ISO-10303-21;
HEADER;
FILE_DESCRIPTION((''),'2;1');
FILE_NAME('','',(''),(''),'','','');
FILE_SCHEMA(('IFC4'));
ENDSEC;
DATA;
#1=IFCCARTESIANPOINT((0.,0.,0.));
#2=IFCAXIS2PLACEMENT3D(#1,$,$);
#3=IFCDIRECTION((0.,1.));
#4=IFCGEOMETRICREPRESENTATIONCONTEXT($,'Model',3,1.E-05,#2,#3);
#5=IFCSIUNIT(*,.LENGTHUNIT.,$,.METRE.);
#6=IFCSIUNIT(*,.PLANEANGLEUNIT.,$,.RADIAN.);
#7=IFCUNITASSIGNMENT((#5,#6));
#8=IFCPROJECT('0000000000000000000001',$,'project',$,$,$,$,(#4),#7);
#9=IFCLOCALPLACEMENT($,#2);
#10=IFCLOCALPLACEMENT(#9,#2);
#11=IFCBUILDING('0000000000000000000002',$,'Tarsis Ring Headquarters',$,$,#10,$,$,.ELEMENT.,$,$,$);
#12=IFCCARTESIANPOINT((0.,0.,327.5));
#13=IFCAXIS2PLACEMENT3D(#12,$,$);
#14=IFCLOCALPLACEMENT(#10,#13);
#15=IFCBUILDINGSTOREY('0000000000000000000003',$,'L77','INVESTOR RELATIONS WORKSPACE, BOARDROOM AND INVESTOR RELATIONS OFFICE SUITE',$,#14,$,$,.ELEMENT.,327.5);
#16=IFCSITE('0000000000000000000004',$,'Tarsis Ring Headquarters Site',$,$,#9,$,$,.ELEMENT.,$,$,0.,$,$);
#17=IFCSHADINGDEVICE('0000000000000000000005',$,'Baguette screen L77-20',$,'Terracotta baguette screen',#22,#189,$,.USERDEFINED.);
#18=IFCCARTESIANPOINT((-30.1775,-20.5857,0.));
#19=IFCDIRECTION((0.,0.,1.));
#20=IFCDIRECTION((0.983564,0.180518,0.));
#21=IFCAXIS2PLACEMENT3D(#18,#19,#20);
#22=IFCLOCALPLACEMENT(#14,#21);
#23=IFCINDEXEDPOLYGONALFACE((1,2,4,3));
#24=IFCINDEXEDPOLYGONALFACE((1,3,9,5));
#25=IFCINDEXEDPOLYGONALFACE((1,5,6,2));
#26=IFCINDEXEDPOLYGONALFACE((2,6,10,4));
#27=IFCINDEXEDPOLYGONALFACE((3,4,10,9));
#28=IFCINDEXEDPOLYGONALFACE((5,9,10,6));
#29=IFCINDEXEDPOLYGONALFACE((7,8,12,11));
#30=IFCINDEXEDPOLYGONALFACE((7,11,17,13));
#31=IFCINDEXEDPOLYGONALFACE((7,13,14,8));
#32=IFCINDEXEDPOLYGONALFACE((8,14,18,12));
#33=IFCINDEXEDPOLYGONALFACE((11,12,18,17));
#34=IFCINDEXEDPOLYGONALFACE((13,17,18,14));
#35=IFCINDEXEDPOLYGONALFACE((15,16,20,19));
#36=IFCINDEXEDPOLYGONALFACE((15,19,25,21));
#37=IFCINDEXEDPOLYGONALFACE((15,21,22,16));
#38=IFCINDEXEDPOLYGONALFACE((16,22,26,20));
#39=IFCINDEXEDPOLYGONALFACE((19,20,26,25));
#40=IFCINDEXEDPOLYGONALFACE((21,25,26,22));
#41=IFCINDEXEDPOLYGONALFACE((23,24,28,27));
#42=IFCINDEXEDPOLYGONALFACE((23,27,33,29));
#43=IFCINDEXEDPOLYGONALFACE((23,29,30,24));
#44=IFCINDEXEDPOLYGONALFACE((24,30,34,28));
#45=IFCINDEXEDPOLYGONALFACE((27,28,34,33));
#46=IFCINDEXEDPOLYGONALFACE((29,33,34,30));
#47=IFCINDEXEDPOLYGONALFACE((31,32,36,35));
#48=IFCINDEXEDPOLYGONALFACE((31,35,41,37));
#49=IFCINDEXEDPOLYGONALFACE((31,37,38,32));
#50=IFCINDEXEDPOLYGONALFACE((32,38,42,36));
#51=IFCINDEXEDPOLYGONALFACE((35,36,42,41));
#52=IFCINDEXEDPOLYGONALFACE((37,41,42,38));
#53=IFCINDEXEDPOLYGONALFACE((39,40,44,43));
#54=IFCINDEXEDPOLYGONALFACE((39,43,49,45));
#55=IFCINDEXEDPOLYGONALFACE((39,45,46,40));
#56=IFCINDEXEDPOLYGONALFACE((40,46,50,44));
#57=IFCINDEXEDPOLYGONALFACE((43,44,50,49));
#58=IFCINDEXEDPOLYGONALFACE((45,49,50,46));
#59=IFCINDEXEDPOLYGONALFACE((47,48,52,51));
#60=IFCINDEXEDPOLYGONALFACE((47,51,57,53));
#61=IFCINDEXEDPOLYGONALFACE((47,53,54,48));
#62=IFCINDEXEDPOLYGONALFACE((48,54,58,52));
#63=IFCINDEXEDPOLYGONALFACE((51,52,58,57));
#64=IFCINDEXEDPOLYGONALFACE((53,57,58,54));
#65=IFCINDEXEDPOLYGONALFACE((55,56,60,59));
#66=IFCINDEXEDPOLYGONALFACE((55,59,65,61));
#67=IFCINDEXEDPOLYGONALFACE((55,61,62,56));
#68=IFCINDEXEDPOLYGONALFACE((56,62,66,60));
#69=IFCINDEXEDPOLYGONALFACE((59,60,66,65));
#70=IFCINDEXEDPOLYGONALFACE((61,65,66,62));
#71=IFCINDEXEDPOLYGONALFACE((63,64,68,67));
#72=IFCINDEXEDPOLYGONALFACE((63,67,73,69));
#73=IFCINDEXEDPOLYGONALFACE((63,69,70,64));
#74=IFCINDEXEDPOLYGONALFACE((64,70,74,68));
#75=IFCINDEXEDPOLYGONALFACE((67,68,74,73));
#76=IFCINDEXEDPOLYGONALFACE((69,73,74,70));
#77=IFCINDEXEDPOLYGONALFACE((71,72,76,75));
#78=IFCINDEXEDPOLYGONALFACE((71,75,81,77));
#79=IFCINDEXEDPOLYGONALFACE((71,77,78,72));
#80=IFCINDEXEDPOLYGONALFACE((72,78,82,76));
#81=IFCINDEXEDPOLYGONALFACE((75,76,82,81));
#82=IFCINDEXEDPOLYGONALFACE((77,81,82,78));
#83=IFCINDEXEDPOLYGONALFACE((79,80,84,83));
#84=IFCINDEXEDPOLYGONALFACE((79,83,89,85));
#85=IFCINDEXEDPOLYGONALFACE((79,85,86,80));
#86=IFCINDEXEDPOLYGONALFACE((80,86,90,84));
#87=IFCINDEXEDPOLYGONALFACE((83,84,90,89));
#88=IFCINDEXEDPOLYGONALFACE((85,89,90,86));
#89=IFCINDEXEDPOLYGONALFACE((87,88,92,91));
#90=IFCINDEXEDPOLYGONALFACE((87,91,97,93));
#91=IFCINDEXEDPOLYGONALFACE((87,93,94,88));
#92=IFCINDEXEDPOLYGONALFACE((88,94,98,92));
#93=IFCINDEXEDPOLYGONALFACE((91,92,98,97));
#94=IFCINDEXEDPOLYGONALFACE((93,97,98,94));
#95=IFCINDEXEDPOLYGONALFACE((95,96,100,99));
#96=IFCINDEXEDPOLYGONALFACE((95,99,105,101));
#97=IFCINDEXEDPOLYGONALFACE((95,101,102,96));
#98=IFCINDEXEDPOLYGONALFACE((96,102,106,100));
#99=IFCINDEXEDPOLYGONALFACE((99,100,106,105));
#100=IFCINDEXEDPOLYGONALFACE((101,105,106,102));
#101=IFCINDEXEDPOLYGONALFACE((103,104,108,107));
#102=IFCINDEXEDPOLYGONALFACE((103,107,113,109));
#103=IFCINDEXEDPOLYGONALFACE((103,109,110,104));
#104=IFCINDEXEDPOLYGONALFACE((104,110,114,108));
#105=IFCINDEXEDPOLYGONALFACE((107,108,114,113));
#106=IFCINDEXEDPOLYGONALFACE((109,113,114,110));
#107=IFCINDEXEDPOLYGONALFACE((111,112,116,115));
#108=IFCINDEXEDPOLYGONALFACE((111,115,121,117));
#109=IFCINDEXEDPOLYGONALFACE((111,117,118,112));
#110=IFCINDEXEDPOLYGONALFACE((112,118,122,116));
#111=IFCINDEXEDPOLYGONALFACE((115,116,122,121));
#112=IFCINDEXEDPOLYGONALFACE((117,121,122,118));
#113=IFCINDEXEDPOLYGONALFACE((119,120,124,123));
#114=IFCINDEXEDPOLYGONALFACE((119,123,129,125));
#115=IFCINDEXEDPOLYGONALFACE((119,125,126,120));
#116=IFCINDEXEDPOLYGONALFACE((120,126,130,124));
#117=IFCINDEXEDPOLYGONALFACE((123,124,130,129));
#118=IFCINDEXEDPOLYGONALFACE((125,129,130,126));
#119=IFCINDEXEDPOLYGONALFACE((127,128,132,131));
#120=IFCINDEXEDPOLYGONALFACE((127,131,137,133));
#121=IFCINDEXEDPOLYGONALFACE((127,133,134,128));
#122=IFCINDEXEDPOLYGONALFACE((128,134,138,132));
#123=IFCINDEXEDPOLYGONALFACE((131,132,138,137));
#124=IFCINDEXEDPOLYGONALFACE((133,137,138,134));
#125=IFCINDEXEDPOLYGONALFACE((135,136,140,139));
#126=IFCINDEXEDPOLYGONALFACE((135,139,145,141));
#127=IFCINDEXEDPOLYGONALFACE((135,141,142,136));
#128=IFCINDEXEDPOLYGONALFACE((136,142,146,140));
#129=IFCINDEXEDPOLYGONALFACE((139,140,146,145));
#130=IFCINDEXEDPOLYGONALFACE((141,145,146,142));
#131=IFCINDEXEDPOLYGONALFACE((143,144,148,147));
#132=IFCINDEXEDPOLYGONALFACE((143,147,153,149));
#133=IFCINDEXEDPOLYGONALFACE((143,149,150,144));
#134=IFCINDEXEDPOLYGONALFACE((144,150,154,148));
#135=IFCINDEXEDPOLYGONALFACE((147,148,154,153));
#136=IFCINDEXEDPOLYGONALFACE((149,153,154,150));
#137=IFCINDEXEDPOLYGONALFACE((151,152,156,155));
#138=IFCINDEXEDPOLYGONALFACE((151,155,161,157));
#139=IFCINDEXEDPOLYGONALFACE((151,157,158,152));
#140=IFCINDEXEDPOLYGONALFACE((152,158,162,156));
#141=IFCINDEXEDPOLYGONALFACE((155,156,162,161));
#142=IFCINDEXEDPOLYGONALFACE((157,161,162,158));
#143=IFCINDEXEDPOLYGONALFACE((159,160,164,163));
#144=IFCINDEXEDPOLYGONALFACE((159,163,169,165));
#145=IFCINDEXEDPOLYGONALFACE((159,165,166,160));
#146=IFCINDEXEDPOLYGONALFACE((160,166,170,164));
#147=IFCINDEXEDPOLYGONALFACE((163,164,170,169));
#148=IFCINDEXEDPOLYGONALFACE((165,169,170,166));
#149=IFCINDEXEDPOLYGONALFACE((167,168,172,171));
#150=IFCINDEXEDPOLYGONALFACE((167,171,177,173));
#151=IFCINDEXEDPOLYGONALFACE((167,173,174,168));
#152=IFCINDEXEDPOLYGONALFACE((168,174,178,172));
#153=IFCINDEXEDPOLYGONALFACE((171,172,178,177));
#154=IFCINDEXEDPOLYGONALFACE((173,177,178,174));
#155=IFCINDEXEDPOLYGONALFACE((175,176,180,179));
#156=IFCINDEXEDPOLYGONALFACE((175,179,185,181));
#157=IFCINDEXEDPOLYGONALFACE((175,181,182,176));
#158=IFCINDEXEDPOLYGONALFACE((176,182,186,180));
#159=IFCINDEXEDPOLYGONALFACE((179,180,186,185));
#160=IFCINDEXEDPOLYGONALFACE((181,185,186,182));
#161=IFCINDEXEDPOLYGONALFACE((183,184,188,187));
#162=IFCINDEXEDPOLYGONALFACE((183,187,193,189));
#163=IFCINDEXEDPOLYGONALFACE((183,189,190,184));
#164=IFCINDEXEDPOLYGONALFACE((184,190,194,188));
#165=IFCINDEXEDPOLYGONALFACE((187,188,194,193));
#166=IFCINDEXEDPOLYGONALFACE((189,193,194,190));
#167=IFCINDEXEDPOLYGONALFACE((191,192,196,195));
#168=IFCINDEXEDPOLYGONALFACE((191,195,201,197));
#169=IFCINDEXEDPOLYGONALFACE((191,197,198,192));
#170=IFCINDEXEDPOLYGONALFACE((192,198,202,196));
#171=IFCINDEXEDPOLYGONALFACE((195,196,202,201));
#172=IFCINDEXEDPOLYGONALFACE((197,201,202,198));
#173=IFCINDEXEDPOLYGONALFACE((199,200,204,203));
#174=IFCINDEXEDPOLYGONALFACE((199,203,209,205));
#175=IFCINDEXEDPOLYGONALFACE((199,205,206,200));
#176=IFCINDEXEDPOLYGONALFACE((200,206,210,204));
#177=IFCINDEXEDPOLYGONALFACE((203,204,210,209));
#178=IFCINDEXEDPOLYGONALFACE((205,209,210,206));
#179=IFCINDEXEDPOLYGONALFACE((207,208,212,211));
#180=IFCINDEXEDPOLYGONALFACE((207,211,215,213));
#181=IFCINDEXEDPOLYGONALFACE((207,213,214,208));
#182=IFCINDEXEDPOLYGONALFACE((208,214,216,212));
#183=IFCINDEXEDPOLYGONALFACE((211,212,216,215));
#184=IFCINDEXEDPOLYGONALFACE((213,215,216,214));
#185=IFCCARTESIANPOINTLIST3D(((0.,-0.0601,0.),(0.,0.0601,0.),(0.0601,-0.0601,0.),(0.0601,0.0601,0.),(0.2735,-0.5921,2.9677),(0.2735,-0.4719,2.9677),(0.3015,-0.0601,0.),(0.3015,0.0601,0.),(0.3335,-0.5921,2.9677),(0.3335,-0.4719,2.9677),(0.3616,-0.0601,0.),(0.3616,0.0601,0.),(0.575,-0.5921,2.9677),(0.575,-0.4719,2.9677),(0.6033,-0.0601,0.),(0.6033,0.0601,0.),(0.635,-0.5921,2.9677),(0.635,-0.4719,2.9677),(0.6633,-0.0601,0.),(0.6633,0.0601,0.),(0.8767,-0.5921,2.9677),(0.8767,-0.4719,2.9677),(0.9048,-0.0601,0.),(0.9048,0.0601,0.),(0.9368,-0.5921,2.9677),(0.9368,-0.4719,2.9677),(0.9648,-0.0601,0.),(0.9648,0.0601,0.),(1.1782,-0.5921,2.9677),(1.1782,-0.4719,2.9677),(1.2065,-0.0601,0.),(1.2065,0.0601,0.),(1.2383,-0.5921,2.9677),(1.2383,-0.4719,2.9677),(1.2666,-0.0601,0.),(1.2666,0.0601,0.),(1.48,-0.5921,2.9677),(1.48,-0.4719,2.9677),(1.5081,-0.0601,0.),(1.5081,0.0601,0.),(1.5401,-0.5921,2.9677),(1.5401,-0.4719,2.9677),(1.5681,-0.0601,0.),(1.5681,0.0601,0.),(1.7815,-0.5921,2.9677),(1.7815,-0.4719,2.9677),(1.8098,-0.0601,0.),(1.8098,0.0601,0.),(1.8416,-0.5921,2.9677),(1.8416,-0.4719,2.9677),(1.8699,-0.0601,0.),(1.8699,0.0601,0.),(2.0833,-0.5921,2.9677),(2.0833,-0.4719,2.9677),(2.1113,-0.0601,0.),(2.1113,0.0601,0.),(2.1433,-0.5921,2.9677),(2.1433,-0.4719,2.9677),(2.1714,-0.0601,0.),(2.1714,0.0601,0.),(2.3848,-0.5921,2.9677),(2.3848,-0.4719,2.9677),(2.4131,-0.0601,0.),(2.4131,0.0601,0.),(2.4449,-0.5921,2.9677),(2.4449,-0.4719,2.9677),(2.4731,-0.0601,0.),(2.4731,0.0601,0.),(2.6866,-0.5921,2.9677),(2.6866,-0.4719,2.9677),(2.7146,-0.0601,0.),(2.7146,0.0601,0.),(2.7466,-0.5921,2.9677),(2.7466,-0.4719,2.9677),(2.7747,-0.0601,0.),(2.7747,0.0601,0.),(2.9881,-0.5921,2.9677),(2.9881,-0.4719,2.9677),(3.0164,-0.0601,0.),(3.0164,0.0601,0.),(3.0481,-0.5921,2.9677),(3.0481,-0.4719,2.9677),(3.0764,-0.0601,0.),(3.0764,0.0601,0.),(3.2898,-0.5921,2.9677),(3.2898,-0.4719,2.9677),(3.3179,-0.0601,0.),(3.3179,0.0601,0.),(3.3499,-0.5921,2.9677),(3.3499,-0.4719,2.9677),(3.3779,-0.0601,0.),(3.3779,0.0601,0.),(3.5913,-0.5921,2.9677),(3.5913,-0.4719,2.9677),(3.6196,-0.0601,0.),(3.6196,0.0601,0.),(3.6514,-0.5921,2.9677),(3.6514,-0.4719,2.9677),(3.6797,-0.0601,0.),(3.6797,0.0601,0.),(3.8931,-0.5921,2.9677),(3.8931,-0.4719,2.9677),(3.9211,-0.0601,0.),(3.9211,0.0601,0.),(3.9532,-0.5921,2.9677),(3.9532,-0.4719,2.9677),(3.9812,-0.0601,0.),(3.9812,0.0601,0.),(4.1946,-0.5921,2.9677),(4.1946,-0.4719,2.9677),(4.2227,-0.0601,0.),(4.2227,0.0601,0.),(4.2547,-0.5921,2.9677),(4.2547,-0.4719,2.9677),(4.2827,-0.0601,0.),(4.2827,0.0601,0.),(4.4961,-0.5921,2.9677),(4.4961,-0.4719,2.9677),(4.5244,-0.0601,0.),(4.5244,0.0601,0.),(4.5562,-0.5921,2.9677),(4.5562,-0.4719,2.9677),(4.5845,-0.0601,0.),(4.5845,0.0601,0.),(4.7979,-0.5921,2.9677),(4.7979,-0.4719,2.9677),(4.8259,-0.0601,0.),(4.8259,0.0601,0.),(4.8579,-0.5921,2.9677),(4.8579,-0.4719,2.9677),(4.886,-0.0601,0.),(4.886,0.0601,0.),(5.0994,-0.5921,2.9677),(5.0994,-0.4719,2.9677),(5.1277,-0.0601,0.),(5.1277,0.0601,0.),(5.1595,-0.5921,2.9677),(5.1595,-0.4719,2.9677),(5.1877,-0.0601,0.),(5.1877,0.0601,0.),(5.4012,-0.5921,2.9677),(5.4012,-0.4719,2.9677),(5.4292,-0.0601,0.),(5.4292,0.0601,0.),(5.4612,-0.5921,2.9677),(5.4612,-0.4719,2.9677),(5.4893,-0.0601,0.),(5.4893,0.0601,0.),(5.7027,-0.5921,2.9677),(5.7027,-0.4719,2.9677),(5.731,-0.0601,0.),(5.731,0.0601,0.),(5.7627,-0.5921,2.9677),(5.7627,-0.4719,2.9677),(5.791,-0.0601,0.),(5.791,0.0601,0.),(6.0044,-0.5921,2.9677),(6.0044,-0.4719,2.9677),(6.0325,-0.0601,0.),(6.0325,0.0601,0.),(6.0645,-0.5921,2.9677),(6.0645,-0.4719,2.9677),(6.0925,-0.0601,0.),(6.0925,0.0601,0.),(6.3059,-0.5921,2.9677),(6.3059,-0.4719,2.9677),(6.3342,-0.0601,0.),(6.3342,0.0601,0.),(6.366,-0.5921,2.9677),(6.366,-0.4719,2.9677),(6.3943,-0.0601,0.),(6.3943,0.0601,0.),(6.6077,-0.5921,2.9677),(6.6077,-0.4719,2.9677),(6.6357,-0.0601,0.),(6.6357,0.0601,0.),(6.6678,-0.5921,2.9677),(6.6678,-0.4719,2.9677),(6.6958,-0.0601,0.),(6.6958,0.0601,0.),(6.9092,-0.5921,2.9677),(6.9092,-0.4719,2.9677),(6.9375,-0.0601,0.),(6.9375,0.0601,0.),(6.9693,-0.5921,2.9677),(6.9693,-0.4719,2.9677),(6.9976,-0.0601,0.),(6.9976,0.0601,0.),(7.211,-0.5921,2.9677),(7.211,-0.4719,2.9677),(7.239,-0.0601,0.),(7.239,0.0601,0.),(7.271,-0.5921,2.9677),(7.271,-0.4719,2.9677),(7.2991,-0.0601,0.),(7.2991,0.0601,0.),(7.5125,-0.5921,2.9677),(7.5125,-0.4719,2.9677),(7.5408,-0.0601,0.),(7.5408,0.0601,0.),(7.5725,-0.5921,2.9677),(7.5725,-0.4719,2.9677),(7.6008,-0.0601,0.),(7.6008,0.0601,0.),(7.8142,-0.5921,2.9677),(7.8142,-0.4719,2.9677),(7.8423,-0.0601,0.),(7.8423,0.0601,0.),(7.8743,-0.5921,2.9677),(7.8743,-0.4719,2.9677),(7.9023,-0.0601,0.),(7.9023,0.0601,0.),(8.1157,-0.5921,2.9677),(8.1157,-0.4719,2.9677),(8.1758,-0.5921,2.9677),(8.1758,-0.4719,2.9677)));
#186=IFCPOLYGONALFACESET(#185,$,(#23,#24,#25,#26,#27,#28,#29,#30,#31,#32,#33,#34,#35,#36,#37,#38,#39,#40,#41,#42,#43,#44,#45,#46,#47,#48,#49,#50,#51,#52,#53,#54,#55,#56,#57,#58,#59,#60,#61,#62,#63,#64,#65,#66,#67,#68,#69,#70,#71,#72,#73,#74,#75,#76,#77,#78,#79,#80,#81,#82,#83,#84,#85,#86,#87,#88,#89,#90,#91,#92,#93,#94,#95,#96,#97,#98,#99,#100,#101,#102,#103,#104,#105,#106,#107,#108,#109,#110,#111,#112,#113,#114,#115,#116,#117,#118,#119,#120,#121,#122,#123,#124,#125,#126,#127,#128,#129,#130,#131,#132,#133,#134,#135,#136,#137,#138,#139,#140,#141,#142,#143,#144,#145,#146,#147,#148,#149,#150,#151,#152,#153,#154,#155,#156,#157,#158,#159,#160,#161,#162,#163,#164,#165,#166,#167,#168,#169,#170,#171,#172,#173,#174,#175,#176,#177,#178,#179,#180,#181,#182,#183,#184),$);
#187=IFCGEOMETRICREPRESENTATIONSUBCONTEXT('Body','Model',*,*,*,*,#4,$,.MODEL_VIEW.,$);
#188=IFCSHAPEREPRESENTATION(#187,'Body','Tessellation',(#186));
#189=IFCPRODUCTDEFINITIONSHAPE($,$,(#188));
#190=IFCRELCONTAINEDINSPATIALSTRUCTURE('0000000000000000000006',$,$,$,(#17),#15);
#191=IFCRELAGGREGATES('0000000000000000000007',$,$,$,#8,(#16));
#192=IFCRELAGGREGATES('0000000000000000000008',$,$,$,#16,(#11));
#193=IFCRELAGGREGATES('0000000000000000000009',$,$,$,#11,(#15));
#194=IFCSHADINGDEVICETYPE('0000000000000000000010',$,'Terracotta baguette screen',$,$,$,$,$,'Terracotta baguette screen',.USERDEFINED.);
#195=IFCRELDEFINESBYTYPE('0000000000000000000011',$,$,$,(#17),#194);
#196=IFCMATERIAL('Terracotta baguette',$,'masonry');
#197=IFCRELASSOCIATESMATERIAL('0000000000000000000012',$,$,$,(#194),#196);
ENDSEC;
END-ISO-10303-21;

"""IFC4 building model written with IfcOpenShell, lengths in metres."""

from ifc_helpers import new_model, si_unit, direction, frame, frame_2d, origin, place, context, subcontext, project, spatial, rectangle, composite_profile, extrude, material, type_object, element, save


model = new_model("IFC4")

# Units and contexts
model_context = context("Model", 3, precision=1e-05, world=origin(), true_north=direction((0.0, 1.0)))
body_context = subcontext(model_context, "Body", "Model", "MODEL_VIEW")
ifc_project = project(units=[si_unit("LENGTHUNIT", "METRE"), si_unit("PLANEANGLEUNIT", "RADIAN")], contexts=[model_context])

# Site, building, storey
site_placement = place(None, origin())
site = spatial("IfcSite", under=ifc_project, at=site_placement, Name="Tarsis Ring Headquarters Site", CompositionType="ELEMENT", RefElevation=0.0)
building_placement = place(site_placement, origin())
building = spatial("IfcBuilding", under=site, at=building_placement, Name="Tarsis Ring Headquarters", CompositionType="ELEMENT")
storey_placement = place(building_placement, frame((0.0, 0.0, 327.5)))
storey = spatial("IfcBuildingStorey", under=building, at=storey_placement, Name="L77", Description="INVESTOR RELATIONS WORKSPACE, BOARDROOM AND INVESTOR RELATIONS OFFICE SUITE", CompositionType="ELEMENT", Elevation=327.5)

# Shading device
ifc_material_1 = material(Name="Terracotta baguette", Category="masonry")
shading_device_type_1 = type_object("IfcShadingDeviceType", Name="Terracotta baguette screen", ElementType="Terracotta baguette screen", PredefinedType="USERDEFINED", material=ifc_material_1)
shading_device_1_placement = place(storey_placement, frame((-30.1775, -20.5857, 0.0), z_axis=(0.0, 0.0, 1.0), x_axis=(0.983564, 0.180518, 0.0)))
element("IfcShadingDevice", 1, at=shading_device_1_placement, inside=storey, type_object=shading_device_type_1, Name="Baguette screen L77-20", ObjectType="Terracotta baguette screen", PredefinedType="USERDEFINED", context=body_context, shape_type="SweptSolid", body=[
    extrude(composite_profile([rectangle(XDim=0.0601, YDim=0.1201, at=frame_2d((0.03, 0.0))), rectangle(XDim=0.0601, YDim=0.1201, at=frame_2d((0.3315, 0.0))), rectangle(XDim=0.0601, YDim=0.1201, at=frame_2d((0.6333, 0.0))), rectangle(XDim=0.0601, YDim=0.1201, at=frame_2d((0.9348, 0.0))), rectangle(XDim=0.0601, YDim=0.1201, at=frame_2d((1.2366, 0.0))), rectangle(XDim=0.0601, YDim=0.1201, at=frame_2d((1.5381, 0.0))), rectangle(XDim=0.0601, YDim=0.1201, at=frame_2d((1.8398, 0.0))), rectangle(XDim=0.0601, YDim=0.1201, at=frame_2d((2.1414, 0.0))), rectangle(XDim=0.0601, YDim=0.1201, at=frame_2d((2.4431, 0.0))), rectangle(XDim=0.0601, YDim=0.1201, at=frame_2d((2.7446, 0.0))), rectangle(XDim=0.0601, YDim=0.1201, at=frame_2d((3.0464, 0.0))), rectangle(XDim=0.0601, YDim=0.1201, at=frame_2d((3.3479, 0.0))), rectangle(XDim=0.0601, YDim=0.1201, at=frame_2d((3.6497, 0.0))), rectangle(XDim=0.0601, YDim=0.1201, at=frame_2d((3.9512, 0.0))), rectangle(XDim=0.0601, YDim=0.1201, at=frame_2d((4.2527, 0.0))), rectangle(XDim=0.0601, YDim=0.1201, at=frame_2d((4.5544, 0.0))), rectangle(XDim=0.0601, YDim=0.1201, at=frame_2d((4.856, 0.0))), rectangle(XDim=0.0601, YDim=0.1201, at=frame_2d((5.1577, 0.0))), rectangle(XDim=0.0601, YDim=0.1201, at=frame_2d((5.4592, 0.0))), rectangle(XDim=0.0601, YDim=0.1201, at=frame_2d((5.761, 0.0))), rectangle(XDim=0.0601, YDim=0.1201, at=frame_2d((6.0625, 0.0))), rectangle(XDim=0.0601, YDim=0.1201, at=frame_2d((6.3643, 0.0))), rectangle(XDim=0.0601, YDim=0.1201, at=frame_2d((6.6658, 0.0))), rectangle(XDim=0.0601, YDim=0.1201, at=frame_2d((6.9675, 0.0))), rectangle(XDim=0.0601, YDim=0.1201, at=frame_2d((7.269, 0.0))), rectangle(XDim=0.0601, YDim=0.1201, at=frame_2d((7.5708, 0.0))), rectangle(XDim=0.0601, YDim=0.1201, at=frame_2d((7.8723, 0.0)))]), origin(), (0.090331, -0.175734, 0.980285), 3.0273),
])

save(model, "model.ifc")
